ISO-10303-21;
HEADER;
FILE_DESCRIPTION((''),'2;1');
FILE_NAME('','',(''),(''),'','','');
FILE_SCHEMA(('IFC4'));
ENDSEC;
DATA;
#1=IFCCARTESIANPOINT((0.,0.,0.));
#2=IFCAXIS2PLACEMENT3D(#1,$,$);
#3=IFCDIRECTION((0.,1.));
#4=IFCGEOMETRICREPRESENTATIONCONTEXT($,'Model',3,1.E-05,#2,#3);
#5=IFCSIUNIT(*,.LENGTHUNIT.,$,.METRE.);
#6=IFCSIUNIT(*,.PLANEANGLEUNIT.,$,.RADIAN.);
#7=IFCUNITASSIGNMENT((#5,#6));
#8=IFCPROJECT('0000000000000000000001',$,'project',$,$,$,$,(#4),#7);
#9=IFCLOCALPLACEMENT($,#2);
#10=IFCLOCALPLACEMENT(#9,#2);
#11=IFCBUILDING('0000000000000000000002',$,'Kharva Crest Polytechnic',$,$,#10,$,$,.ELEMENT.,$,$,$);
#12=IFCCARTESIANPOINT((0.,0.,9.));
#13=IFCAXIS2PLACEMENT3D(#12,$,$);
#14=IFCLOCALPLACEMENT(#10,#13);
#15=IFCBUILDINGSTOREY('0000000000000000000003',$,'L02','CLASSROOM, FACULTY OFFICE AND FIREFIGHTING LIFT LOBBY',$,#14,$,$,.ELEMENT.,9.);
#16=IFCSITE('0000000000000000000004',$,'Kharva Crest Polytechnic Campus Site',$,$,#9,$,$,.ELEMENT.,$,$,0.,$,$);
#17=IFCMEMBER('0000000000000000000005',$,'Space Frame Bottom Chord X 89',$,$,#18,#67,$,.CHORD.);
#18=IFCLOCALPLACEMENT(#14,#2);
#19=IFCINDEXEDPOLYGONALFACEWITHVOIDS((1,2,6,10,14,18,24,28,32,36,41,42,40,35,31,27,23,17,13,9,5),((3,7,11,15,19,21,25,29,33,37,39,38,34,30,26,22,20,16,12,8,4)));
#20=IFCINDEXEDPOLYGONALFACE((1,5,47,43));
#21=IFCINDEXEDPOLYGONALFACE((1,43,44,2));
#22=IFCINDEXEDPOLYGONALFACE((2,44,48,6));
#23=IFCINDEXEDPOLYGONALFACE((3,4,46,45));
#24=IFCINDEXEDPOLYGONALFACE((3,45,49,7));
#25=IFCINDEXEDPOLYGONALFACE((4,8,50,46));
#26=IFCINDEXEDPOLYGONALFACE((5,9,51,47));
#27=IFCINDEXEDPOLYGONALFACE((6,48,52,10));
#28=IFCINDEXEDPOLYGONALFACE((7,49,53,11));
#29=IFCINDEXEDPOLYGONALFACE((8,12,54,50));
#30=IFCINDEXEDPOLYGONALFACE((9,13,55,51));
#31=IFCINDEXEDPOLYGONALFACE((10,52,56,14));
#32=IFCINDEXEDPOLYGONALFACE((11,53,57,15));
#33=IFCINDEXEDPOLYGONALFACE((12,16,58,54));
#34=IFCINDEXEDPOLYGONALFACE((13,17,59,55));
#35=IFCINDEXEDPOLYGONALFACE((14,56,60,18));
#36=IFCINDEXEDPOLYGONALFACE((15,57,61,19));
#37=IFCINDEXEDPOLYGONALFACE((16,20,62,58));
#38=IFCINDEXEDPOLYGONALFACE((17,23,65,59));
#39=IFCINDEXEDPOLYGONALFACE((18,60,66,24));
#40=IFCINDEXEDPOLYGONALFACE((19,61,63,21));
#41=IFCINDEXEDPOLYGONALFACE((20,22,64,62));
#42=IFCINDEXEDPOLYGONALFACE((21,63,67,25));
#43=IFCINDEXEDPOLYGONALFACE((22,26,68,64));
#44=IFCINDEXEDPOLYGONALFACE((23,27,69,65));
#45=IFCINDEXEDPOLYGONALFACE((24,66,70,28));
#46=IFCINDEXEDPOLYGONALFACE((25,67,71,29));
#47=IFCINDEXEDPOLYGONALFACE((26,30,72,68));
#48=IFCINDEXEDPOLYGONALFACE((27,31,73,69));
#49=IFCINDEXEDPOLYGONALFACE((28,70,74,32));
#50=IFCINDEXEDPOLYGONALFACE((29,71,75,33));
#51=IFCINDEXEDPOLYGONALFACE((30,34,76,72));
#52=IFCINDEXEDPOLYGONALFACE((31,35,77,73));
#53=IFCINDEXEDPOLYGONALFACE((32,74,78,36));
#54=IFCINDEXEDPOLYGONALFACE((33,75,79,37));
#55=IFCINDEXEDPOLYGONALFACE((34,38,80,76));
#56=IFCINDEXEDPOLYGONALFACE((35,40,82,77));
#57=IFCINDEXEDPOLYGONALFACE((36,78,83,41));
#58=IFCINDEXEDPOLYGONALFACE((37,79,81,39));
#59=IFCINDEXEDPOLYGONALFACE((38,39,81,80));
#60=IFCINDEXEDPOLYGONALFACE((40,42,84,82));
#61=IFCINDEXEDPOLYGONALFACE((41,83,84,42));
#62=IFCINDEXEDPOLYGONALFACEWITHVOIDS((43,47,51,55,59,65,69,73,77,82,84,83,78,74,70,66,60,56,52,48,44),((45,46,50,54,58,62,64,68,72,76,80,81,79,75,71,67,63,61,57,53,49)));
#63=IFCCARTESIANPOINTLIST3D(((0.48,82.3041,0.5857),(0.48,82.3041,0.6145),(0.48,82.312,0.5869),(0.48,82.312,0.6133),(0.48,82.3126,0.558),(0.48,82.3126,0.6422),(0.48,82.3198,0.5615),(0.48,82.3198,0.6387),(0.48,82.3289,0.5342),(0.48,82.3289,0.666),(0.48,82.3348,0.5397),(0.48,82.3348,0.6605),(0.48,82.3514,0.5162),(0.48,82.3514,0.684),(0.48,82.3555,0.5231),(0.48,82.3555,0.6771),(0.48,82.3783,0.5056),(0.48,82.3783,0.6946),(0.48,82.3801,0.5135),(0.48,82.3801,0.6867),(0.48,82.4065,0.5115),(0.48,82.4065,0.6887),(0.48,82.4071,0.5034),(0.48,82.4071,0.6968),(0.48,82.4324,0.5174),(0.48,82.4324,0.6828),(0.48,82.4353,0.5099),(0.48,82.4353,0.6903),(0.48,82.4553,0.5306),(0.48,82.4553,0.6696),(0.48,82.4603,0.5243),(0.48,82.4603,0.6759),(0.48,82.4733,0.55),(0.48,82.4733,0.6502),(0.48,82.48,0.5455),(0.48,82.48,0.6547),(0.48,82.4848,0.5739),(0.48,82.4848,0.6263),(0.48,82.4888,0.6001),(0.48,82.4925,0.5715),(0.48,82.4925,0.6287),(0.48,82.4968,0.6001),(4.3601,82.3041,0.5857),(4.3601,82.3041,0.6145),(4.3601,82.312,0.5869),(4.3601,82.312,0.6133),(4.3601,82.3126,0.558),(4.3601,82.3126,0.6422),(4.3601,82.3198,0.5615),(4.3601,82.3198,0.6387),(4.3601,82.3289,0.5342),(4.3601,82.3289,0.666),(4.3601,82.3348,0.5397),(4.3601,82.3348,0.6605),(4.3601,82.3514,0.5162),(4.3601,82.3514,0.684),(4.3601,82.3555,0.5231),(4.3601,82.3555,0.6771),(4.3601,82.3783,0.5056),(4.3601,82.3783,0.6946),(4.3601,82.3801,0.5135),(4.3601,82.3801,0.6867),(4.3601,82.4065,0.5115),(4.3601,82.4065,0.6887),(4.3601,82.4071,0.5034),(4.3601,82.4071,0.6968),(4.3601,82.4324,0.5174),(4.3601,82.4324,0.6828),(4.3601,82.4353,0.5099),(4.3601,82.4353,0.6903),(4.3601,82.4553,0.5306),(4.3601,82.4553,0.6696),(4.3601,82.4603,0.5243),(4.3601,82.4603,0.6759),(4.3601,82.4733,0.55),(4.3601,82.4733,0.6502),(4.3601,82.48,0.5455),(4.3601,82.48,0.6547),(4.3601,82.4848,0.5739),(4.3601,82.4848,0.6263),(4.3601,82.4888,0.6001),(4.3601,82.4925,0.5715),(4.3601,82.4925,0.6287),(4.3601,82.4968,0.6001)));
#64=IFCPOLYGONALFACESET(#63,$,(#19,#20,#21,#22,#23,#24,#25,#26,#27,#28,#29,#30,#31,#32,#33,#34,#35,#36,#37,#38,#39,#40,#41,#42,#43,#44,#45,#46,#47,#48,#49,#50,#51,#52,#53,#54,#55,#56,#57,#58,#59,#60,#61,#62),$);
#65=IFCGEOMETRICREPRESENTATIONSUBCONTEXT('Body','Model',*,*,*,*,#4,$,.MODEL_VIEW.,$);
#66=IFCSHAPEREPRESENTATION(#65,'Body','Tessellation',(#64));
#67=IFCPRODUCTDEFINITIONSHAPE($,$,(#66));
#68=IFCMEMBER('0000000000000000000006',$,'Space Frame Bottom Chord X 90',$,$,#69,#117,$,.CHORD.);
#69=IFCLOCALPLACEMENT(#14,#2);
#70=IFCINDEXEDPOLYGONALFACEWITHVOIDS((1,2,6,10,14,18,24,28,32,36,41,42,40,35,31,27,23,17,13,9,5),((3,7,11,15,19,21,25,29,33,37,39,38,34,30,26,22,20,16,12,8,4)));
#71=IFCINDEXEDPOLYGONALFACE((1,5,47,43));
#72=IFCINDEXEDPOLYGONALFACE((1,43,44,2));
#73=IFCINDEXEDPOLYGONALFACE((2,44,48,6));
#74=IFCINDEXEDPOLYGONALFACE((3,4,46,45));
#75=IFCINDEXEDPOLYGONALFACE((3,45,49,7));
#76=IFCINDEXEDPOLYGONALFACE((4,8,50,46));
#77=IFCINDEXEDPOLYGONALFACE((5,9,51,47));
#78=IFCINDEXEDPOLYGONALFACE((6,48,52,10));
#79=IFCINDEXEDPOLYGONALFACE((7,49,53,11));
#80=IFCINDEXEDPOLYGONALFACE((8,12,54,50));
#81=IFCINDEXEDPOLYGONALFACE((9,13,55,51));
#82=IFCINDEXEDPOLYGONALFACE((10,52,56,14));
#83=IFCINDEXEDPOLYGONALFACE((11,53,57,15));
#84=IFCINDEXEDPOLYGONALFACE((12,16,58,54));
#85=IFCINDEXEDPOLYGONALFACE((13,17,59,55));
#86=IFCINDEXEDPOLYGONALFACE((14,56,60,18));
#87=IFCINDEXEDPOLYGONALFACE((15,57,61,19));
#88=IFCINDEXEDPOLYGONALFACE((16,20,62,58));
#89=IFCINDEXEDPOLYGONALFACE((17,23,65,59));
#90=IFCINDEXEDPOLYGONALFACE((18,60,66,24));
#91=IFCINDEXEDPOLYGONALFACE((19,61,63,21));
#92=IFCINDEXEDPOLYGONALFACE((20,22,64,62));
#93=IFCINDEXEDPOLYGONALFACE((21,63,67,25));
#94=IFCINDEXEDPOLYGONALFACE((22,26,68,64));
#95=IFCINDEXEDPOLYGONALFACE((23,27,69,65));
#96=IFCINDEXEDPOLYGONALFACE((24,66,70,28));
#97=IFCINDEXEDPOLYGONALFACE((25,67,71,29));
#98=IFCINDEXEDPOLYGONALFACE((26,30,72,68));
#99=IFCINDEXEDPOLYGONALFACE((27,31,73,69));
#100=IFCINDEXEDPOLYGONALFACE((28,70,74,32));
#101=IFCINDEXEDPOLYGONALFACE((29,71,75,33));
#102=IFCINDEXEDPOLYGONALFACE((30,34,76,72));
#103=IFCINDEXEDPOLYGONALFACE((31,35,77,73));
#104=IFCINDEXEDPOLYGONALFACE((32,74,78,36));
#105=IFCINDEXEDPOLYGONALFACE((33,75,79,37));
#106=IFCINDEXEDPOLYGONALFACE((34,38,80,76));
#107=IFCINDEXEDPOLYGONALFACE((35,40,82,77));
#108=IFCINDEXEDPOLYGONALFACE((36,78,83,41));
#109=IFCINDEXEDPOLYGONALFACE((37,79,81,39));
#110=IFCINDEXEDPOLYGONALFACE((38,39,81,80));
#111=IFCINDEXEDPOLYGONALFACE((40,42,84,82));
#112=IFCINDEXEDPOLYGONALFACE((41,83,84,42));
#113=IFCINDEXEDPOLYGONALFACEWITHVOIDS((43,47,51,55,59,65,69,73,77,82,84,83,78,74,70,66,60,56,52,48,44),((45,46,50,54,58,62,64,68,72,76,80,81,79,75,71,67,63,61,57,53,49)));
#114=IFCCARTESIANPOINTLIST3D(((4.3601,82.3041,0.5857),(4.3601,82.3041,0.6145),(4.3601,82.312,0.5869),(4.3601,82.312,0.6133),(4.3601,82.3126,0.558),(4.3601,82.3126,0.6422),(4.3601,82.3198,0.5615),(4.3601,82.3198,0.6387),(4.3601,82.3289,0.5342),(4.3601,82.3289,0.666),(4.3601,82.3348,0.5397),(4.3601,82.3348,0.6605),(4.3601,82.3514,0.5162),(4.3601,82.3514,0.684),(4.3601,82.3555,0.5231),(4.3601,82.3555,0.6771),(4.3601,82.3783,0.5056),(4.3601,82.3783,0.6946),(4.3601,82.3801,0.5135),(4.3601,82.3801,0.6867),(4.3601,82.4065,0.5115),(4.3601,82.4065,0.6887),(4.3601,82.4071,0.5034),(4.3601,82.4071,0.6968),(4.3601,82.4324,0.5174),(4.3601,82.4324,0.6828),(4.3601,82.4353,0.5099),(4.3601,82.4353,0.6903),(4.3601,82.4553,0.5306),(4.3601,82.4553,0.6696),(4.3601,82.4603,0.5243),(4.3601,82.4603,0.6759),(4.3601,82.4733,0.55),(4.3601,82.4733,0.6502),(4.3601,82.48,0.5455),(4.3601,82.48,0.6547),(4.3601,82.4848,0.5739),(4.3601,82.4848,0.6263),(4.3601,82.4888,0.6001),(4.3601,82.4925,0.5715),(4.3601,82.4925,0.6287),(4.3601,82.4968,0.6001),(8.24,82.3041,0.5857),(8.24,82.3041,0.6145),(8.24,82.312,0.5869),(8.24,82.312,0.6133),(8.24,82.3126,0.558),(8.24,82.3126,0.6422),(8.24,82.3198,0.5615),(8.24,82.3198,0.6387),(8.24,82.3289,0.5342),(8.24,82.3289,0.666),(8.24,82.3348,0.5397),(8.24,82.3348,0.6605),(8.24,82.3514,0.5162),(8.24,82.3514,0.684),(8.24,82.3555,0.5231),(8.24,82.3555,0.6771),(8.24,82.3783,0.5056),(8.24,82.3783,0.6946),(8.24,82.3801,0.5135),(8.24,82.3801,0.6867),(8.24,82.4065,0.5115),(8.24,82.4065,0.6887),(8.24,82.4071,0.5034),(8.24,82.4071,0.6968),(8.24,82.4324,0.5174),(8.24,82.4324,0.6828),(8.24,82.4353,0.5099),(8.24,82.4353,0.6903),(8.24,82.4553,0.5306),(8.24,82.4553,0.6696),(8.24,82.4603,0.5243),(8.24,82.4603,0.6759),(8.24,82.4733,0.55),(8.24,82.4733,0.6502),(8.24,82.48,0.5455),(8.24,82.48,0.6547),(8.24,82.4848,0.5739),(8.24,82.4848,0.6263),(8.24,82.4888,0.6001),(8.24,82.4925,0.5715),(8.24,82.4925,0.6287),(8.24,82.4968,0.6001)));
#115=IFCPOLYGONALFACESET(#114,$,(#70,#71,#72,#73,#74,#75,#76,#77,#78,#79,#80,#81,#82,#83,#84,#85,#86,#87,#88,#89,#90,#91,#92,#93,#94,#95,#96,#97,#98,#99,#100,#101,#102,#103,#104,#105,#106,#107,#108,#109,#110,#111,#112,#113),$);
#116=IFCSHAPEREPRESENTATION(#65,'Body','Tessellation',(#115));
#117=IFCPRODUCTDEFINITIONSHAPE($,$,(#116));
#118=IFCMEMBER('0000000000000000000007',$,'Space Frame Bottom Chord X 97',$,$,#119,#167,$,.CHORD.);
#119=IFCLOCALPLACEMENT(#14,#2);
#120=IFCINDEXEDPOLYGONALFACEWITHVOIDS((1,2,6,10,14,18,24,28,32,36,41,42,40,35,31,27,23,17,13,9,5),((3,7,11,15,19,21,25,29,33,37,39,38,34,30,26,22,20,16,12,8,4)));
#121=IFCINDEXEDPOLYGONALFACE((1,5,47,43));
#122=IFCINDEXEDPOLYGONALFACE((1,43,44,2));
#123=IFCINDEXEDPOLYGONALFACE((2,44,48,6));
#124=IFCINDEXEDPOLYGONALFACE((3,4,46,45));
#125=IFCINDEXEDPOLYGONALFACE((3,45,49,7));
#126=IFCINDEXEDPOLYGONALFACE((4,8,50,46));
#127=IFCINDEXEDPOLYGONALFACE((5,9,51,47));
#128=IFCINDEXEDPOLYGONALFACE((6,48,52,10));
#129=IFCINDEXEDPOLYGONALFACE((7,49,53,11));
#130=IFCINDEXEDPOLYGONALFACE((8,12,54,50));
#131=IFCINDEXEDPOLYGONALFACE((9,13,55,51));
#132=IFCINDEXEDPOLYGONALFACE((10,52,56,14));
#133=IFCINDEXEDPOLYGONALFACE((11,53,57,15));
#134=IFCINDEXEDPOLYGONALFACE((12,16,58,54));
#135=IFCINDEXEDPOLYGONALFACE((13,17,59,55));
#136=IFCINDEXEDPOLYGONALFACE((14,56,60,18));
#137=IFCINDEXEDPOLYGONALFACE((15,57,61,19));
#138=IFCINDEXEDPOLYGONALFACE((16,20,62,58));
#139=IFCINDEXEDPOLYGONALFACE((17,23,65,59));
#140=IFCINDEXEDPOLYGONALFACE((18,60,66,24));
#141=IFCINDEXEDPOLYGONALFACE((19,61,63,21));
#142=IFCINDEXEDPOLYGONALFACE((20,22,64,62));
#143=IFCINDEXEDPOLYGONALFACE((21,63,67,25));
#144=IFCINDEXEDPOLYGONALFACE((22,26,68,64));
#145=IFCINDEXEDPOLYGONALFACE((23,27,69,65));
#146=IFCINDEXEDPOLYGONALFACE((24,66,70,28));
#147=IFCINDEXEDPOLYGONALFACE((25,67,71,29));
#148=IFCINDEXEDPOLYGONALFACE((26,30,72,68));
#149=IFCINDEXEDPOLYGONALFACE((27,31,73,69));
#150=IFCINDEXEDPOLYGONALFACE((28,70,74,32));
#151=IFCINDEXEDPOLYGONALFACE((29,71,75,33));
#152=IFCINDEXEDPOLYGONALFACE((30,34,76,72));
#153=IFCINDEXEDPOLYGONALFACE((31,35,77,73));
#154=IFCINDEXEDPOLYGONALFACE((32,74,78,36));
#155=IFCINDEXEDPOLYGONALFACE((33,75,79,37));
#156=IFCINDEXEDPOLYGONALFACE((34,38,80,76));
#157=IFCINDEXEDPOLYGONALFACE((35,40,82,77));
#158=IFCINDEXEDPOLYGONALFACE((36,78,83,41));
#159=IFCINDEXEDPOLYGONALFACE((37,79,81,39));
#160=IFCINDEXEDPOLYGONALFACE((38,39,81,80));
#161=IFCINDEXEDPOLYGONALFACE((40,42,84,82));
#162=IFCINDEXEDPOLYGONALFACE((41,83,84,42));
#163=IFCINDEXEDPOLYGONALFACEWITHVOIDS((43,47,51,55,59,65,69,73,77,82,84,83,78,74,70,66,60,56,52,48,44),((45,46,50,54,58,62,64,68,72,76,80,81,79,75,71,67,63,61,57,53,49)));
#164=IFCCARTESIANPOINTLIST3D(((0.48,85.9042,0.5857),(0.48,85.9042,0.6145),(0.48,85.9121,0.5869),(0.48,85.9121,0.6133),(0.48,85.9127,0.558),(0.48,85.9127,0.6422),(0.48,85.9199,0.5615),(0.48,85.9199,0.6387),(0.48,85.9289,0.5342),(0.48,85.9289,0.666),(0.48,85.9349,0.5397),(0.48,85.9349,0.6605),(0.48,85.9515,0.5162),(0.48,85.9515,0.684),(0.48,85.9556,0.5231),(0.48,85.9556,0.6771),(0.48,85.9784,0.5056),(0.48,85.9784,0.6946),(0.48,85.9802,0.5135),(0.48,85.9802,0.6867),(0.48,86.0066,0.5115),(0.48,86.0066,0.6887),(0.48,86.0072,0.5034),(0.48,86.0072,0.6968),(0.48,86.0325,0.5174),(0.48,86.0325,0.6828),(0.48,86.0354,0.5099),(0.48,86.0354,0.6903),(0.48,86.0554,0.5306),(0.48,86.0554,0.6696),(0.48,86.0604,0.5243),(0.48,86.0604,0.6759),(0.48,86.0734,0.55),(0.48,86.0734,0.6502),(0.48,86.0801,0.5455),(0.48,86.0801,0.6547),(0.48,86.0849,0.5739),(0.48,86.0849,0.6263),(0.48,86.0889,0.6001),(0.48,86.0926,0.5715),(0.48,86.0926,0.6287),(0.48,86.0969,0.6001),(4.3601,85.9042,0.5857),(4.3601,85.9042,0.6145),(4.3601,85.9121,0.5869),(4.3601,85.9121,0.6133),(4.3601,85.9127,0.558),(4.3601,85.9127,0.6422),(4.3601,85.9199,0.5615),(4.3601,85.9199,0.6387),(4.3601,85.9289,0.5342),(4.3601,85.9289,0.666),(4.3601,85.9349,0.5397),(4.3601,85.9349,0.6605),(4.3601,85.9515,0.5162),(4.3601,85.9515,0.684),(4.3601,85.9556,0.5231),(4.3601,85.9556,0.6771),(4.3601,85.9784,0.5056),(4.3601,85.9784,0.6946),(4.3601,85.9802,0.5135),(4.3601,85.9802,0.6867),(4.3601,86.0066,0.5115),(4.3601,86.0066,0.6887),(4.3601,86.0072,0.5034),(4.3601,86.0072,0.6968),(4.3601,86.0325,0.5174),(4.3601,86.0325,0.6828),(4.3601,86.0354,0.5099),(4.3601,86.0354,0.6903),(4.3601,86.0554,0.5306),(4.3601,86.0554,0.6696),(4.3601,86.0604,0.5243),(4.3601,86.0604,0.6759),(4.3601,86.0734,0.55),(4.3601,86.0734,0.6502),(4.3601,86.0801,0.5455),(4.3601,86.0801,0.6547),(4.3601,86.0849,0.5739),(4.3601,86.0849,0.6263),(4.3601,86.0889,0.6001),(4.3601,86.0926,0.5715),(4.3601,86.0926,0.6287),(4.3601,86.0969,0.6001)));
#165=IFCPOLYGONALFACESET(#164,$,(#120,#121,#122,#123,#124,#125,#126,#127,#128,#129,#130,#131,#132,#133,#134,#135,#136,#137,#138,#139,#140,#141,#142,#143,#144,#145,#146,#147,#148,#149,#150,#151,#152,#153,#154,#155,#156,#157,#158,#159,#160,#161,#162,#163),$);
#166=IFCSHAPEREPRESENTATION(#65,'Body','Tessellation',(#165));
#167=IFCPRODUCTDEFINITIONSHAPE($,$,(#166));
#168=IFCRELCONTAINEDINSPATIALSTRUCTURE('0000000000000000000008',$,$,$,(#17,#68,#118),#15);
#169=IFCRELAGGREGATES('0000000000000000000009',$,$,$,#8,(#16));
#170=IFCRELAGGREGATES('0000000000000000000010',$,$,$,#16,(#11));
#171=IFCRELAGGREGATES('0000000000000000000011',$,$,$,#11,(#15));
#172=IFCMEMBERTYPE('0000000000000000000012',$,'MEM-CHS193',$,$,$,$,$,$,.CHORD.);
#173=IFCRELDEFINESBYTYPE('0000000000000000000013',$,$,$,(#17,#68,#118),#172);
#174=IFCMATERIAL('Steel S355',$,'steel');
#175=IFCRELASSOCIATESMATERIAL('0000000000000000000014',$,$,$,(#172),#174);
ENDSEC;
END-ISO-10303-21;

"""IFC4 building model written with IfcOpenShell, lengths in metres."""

from ifc_helpers import new_model, si_unit, direction, frame, origin, origin_2d, place, context, subcontext, project, spatial, hollow_circle, extrude, material, material_profile, profile_set, type_object, element, save


model = new_model("IFC4")

# Units and contexts
model_context = context("Model", 3, precision=1e-05, world=origin(), true_north=direction((0.0, 1.0)))
body_context = subcontext(model_context, "Body", "Model", "MODEL_VIEW")
ifc_project = project(units=[si_unit("LENGTHUNIT", "METRE"), si_unit("PLANEANGLEUNIT", "RADIAN")], contexts=[model_context])

# Site, building, storey
site_placement = place(None, origin())
site = spatial("IfcSite", under=ifc_project, at=site_placement, Name="Kharva Crest Polytechnic Campus Site", CompositionType="ELEMENT", RefElevation=0.0)
building_placement = place(site_placement, origin())
building = spatial("IfcBuilding", under=site, at=building_placement, Name="Kharva Crest Polytechnic", CompositionType="ELEMENT")
storey_placement = place(building_placement, frame((0.0, 0.0, 9.0)))
storey = spatial("IfcBuildingStorey", under=building, at=storey_placement, Name="L02", Description="CLASSROOM, FACULTY OFFICE AND FIREFIGHTING LIFT LOBBY", CompositionType="ELEMENT", Elevation=9.0)

# Shared definitions
ifc_material_1 = material(Name="Steel S355", Category="steel")

# Members
ifc_material_profile_1 = material_profile(ifc_material_1, hollow_circle(Radius=0.0969, WallThickness=0.0081, at=origin_2d()), Name="CHS 193.7X8.0")
ifc_profile_set_1 = profile_set([ifc_material_profile_1], Name="Steel S355")
member_type_1 = type_object("IfcMemberType", Name="MEM-CHS193", PredefinedType="CHORD", material=ifc_profile_set_1)
member_1_placement = place(storey_placement, frame((0.48, 82.3999, 0.6001), z_axis=(1.0, 0.0, 0.0), x_axis=(0.0, 1.0, 0.0)))
element("IfcMember", 1, at=member_1_placement, inside=storey, type_object=member_type_1, Name="Space Frame Bottom Chord X 89", PredefinedType="CHORD", context=body_context, shape_type="SweptSolid", body=[
    extrude(hollow_circle(Radius=0.0969, WallThickness=0.0081, at=origin_2d()), origin(), (0.0, 0.0, 1.0), 3.8801),
])
member_2_placement = place(storey_placement, frame((4.3601, 82.3999, 0.6001), z_axis=(1.0, 0.0, 0.0), x_axis=(0.0, 1.0, 0.0)))
element("IfcMember", 2, at=member_2_placement, inside=storey, type_object=member_type_1, Name="Space Frame Bottom Chord X 90", PredefinedType="CHORD", context=body_context, shape_type="SweptSolid", body=[
    extrude(hollow_circle(Radius=0.0969, WallThickness=0.0081, at=origin_2d()), origin(), (0.0, 0.0, 1.0), 3.8799),
])
member_3_placement = place(storey_placement, frame((0.48, 86.0, 0.6001), z_axis=(1.0, 0.0, 0.0), x_axis=(0.0, 1.0, 0.0)))
element("IfcMember", 3, at=member_3_placement, inside=storey, type_object=member_type_1, Name="Space Frame Bottom Chord X 97", PredefinedType="CHORD", context=body_context, shape_type="SweptSolid", body=[
    extrude(hollow_circle(Radius=0.0969, WallThickness=0.0081, at=origin_2d()), origin(), (0.0, 0.0, 1.0), 3.8801),
])

save(model, "model.ifc")
